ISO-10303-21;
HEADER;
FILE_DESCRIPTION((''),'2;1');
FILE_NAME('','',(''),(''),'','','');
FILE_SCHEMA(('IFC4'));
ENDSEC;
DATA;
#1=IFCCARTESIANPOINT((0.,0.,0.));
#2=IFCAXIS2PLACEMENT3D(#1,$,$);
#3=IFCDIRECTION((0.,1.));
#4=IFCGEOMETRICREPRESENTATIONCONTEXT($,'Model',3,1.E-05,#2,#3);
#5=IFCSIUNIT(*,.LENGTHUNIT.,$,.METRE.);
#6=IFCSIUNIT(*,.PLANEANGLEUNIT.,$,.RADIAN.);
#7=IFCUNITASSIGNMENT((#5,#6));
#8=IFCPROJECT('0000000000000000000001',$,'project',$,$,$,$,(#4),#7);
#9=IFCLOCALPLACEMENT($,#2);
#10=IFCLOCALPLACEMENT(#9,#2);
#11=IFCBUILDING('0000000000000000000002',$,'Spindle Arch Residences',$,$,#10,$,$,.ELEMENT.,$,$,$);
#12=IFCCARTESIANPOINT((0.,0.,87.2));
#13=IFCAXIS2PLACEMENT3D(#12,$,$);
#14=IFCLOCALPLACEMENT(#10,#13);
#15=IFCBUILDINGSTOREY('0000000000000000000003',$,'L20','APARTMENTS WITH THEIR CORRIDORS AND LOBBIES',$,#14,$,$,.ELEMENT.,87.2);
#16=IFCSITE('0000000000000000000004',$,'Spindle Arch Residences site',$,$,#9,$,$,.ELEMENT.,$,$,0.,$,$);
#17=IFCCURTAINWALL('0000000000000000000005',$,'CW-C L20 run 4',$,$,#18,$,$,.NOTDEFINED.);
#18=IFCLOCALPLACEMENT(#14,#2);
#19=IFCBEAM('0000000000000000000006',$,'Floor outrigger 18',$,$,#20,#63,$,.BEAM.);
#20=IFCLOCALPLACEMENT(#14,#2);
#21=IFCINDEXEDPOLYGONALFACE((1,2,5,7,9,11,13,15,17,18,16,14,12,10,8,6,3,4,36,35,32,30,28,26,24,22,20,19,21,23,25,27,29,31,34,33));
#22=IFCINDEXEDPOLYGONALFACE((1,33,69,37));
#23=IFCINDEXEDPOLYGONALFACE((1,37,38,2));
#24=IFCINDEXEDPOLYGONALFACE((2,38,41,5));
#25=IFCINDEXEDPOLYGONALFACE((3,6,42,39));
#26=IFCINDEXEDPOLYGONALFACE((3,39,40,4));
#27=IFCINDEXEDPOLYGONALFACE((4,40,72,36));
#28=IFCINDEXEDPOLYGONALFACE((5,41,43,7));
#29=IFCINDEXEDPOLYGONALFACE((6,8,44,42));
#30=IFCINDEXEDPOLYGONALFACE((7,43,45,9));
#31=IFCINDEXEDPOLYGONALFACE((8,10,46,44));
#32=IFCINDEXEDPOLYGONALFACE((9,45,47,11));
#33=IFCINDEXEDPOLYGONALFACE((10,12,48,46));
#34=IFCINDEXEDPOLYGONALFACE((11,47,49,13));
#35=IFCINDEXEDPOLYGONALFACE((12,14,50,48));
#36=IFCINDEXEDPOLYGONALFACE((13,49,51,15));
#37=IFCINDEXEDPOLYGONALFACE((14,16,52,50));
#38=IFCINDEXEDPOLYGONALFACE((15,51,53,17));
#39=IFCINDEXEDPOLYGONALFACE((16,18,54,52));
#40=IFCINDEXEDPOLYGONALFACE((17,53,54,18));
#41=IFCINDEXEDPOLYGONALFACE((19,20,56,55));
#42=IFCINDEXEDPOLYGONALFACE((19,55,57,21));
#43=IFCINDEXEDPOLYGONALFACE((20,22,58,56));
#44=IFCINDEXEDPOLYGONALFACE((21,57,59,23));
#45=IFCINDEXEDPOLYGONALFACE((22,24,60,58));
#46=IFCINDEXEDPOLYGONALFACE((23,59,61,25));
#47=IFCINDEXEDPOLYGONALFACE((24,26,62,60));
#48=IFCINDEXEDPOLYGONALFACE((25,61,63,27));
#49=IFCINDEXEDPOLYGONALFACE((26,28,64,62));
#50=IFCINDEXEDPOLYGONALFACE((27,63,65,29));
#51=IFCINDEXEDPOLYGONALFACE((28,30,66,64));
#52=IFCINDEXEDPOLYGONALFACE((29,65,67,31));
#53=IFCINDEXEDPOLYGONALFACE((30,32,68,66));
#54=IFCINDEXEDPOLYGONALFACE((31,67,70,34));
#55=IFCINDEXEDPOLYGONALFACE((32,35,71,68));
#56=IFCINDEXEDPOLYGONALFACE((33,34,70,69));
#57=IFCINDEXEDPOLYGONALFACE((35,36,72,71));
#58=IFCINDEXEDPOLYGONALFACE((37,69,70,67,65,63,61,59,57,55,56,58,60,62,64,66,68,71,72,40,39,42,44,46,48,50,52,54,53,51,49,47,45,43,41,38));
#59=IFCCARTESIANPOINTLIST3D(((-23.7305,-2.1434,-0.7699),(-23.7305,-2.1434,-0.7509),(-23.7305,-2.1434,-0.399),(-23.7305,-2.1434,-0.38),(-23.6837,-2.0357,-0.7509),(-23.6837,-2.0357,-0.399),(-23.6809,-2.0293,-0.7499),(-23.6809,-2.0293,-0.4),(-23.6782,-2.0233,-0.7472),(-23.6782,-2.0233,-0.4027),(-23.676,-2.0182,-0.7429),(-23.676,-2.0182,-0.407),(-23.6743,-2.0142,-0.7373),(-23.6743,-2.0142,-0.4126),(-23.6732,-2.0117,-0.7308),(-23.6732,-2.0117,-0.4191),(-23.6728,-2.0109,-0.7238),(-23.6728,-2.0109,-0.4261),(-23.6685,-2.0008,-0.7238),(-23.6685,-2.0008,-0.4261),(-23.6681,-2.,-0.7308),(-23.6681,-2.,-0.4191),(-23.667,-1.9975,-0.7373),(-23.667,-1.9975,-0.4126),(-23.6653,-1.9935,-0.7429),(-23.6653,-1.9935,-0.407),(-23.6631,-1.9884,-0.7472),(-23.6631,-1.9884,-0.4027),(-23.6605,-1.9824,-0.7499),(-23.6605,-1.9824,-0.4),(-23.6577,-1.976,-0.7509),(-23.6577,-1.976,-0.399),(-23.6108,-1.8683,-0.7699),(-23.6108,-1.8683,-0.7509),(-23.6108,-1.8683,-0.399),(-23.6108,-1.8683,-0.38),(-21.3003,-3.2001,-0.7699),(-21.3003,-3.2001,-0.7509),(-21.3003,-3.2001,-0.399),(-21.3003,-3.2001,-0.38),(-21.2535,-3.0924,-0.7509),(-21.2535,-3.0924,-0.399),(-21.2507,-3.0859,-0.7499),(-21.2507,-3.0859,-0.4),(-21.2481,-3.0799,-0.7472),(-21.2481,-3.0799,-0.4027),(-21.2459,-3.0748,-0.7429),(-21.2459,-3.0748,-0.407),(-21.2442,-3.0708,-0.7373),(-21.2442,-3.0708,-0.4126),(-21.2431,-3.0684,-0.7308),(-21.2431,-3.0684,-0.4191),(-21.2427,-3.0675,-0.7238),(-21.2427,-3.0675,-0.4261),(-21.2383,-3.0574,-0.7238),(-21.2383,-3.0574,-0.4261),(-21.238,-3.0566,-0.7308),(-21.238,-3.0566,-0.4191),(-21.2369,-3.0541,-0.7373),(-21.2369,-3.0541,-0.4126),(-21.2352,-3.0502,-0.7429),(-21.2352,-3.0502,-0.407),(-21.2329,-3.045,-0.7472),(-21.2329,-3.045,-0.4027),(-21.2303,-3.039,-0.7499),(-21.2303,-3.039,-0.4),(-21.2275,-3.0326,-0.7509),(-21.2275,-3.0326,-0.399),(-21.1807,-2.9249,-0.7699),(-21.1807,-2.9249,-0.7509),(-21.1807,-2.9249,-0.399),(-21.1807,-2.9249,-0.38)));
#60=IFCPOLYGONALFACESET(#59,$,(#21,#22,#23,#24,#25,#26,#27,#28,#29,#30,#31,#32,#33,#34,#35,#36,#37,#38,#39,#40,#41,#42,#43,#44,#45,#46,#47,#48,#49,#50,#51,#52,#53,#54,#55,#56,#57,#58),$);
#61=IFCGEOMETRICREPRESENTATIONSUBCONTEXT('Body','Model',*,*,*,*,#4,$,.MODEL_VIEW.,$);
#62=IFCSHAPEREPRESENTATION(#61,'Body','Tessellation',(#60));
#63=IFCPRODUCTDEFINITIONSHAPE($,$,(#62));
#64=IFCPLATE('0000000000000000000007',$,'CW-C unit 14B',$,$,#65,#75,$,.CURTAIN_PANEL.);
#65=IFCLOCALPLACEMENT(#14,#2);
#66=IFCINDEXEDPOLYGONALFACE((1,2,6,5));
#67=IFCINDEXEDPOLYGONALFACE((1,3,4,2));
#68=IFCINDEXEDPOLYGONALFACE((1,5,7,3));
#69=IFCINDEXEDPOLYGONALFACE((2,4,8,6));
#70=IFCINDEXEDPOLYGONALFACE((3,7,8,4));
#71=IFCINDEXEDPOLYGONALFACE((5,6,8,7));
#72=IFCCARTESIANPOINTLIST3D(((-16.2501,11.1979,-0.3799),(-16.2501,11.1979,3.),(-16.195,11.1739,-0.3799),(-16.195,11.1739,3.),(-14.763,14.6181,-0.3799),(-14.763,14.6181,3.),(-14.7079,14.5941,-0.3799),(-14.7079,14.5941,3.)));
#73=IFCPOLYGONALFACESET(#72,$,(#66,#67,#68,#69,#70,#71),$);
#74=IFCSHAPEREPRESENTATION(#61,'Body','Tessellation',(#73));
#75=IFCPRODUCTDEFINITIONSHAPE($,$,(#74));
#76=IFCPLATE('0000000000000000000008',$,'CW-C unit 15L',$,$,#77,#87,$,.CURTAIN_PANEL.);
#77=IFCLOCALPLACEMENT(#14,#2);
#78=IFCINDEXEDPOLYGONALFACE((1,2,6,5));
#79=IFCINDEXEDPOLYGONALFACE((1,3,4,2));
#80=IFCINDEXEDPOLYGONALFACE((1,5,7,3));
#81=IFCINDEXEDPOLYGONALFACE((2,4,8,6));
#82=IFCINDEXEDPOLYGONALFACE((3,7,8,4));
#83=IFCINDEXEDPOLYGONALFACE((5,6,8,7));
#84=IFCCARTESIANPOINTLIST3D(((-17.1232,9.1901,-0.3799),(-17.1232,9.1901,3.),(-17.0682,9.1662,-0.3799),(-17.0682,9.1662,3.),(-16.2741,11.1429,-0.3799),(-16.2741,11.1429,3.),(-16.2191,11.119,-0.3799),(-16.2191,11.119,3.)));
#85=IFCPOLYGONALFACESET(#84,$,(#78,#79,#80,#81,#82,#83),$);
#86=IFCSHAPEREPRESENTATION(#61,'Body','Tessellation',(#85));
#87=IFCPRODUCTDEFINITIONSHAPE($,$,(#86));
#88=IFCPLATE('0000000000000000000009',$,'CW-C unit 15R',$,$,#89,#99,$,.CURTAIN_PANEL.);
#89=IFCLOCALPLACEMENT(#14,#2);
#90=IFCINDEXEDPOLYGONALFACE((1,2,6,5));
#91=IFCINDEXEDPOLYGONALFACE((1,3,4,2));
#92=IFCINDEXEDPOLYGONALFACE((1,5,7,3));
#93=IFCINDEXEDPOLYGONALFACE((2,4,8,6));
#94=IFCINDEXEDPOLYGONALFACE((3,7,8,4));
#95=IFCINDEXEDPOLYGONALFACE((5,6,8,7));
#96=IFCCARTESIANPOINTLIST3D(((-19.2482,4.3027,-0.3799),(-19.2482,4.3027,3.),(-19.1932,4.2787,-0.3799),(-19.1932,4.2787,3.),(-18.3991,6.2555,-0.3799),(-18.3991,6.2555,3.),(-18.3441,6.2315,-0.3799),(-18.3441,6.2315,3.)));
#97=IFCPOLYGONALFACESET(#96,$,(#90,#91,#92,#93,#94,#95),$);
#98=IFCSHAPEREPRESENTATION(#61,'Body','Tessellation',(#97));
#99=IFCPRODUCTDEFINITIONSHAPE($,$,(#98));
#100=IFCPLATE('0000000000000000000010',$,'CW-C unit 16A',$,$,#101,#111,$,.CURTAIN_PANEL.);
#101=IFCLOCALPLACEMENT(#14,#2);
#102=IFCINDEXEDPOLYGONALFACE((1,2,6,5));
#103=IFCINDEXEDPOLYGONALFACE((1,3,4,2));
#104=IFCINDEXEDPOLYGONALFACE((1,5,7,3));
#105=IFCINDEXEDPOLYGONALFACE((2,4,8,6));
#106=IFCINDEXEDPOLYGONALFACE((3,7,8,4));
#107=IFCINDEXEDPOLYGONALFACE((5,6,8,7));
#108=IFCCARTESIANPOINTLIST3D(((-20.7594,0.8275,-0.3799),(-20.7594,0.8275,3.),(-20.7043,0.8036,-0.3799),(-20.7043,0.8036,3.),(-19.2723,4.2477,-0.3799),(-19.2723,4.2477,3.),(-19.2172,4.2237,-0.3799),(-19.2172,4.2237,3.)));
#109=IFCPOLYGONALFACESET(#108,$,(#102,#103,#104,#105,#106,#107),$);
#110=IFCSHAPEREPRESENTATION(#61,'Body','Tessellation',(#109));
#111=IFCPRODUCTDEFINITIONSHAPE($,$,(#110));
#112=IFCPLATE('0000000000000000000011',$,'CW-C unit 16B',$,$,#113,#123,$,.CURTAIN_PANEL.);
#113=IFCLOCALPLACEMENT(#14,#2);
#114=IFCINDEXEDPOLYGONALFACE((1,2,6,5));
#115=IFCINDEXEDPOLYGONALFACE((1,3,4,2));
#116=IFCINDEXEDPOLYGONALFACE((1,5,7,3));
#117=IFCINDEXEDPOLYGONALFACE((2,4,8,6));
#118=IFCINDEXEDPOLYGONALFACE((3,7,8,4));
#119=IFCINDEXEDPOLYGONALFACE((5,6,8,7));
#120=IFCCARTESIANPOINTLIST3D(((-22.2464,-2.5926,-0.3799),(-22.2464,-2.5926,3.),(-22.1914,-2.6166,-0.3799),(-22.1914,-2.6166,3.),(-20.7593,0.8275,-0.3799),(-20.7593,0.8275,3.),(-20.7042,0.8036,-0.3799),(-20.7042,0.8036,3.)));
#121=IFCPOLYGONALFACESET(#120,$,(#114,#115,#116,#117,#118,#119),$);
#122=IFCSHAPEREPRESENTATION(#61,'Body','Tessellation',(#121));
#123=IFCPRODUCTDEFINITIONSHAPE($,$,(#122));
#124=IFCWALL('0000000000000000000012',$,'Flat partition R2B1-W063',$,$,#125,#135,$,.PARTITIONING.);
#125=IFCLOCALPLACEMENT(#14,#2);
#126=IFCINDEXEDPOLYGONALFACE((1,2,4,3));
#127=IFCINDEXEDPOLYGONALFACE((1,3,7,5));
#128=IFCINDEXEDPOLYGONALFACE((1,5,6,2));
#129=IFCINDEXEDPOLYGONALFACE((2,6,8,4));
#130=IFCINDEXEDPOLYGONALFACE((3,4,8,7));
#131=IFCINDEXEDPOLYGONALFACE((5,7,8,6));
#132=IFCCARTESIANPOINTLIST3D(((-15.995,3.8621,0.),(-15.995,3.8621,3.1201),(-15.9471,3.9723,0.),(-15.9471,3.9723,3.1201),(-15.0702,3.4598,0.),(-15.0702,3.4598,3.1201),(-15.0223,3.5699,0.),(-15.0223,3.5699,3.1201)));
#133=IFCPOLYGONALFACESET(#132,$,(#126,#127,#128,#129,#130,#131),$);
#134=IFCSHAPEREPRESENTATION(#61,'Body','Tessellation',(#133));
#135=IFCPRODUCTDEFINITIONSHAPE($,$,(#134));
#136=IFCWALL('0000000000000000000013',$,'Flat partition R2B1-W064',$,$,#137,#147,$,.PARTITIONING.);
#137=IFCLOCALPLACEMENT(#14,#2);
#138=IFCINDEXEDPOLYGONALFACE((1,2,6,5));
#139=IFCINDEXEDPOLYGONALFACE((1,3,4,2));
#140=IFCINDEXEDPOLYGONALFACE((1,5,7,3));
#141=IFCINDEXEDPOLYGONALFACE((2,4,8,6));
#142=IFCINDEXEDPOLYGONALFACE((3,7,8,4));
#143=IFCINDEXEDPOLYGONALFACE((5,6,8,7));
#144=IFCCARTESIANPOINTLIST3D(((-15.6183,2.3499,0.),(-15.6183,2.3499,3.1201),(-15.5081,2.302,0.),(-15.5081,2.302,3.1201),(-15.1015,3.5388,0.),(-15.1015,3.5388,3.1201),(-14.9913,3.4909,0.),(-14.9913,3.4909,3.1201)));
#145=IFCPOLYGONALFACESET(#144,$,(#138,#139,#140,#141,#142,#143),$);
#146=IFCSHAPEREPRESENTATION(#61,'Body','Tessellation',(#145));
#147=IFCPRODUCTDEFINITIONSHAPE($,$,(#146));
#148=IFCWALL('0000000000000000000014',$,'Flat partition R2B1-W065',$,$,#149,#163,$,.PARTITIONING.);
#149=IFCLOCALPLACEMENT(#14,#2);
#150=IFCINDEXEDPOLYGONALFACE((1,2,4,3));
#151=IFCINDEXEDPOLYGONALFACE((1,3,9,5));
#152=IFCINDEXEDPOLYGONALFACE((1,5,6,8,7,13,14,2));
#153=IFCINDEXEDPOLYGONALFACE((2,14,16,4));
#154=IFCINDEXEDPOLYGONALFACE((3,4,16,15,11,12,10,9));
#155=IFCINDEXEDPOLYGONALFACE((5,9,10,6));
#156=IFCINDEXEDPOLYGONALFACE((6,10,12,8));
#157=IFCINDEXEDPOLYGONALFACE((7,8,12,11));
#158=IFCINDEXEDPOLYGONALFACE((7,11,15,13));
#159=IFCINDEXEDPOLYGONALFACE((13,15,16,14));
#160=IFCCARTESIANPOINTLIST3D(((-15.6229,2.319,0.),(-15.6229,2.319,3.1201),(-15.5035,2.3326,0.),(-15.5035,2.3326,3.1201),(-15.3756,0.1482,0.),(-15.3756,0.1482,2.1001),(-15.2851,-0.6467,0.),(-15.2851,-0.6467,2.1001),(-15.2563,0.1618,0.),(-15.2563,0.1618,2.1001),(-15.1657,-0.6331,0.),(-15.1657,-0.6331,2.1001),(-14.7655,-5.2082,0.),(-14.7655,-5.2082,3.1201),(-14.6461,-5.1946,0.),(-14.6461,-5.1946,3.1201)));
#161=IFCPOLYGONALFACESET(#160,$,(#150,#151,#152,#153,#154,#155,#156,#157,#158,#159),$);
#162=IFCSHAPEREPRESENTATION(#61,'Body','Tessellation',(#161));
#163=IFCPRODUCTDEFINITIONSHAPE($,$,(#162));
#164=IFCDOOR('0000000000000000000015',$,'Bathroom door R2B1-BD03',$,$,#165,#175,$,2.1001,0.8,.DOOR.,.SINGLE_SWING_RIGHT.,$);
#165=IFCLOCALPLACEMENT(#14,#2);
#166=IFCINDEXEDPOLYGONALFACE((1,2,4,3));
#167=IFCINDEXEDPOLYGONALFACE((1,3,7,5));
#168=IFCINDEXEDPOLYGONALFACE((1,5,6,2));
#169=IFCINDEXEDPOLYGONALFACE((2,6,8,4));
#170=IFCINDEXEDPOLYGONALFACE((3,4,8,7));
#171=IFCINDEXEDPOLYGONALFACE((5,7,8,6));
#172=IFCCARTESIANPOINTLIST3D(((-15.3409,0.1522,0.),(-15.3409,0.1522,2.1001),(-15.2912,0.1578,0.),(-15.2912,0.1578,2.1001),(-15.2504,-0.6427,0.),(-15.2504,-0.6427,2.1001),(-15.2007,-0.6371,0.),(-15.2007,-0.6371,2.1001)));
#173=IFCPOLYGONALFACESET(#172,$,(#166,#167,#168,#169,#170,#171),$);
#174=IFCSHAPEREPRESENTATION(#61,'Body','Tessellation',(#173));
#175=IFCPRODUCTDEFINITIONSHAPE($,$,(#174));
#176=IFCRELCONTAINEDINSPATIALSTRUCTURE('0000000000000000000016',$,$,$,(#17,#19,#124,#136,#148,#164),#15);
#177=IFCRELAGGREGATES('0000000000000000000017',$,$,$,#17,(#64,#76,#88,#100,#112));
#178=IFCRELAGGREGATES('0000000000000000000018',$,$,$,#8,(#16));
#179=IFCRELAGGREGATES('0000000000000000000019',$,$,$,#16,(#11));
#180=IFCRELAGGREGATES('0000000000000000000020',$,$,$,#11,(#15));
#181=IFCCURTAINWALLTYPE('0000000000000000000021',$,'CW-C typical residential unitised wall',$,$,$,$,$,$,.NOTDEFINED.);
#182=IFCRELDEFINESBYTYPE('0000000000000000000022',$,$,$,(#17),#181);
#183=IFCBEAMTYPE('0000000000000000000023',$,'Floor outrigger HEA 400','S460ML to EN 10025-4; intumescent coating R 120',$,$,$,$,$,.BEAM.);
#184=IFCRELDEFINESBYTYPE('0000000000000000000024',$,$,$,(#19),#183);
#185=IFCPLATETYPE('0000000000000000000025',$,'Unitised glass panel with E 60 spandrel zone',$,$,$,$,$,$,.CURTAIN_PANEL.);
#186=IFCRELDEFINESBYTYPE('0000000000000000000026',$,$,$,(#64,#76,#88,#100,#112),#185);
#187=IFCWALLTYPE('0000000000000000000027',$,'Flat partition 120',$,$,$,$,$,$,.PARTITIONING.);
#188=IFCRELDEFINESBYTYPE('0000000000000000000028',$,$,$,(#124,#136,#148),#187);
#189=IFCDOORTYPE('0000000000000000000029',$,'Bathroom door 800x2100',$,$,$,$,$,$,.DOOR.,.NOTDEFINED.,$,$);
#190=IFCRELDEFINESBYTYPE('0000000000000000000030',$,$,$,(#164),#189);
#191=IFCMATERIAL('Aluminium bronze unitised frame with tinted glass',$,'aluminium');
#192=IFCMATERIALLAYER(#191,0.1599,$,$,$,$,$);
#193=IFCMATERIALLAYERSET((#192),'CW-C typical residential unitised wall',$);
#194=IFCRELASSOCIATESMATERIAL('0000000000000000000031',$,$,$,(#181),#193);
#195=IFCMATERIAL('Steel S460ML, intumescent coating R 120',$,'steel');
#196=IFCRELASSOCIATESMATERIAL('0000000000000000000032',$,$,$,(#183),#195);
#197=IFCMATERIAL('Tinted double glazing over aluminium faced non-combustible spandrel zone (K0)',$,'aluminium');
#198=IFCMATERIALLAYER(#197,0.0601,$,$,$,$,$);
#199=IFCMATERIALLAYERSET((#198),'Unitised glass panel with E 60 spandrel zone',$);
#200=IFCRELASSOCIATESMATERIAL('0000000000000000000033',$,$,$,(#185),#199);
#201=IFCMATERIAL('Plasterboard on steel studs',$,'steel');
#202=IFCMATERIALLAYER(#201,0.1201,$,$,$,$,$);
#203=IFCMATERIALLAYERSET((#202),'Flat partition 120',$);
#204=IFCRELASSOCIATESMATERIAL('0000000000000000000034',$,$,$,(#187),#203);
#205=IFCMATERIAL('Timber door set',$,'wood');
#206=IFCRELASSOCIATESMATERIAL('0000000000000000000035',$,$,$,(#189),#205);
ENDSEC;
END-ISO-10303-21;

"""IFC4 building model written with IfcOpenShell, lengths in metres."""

from ifc_helpers import new_model, si_unit, direction, frame, frame_2d, origin, origin_2d, place, context, subcontext, project, spatial, rectangle, i_section, extrude, material, layer, layer_set, material_profile, profile_set, type_object, element, fill, aggregate, save


model = new_model("IFC4")

# Units and contexts
model_context = context("Model", 3, precision=1e-05, world=origin(), true_north=direction((0.0, 1.0)))
body_context = subcontext(model_context, "Body", "Model", "MODEL_VIEW")
ifc_project = project(units=[si_unit("LENGTHUNIT", "METRE"), si_unit("PLANEANGLEUNIT", "RADIAN")], contexts=[model_context])

# Site, building, storey
site_placement = place(None, origin())
site = spatial("IfcSite", under=ifc_project, at=site_placement, Name="Spindle Arch Residences site", CompositionType="ELEMENT", RefElevation=0.0)
building_placement = place(site_placement, origin())
building = spatial("IfcBuilding", under=site, at=building_placement, Name="Spindle Arch Residences", CompositionType="ELEMENT")
storey_placement = place(building_placement, frame((0.0, 0.0, 87.2)))
storey = spatial("IfcBuildingStorey", under=building, at=storey_placement, Name="L20", Description="APARTMENTS WITH THEIR CORRIDORS AND LOBBIES", CompositionType="ELEMENT", Elevation=87.2)

# Curtain wall
ifc_material_1 = material(Name="Aluminium bronze unitised frame with tinted glass", Category="aluminium")
ifc_layer_1 = layer(ifc_material_1, 0.1599)
ifc_layer_set_1 = layer_set([ifc_layer_1], Name="CW-C typical residential unitised wall")
curtain_wall_type = type_object("IfcCurtainWallType", Name="CW-C typical residential unitised wall", PredefinedType="NOTDEFINED", material=ifc_layer_set_1)
curtain_wall_placement = place(storey_placement, origin())
curtain_wall = element("IfcCurtainWall", 1, at=curtain_wall_placement, inside=storey, type_object=curtain_wall_type, Name="CW-C L20 run 4", PredefinedType="NOTDEFINED")

# Beam
ifc_material_2 = material(Name="Steel S460ML, intumescent coating R 120", Category="steel")
ifc_material_profile_1 = material_profile(ifc_material_2, i_section(OverallWidth=0.3, OverallDepth=0.3899, WebThickness=0.011, FlangeThickness=0.019, FilletRadius=0.0271, at=origin_2d()), Name="HEA 400")
ifc_profile_set_1 = profile_set([ifc_material_profile_1], Name="Steel S460ML, intumescent coating R 120")
beam_type_1 = type_object("IfcBeamType", Name="Floor outrigger HEA 400", Description="S460ML to EN 10025-4; intumescent coating R 120", PredefinedType="BEAM", material=ifc_profile_set_1)
beam_1_placement = place(storey_placement, frame((-23.6707, -2.0059, -0.575), z_axis=(0.917064, -0.39874, 0.0), x_axis=(0.39874, 0.917064, 0.0)))
element("IfcBeam", 2, at=beam_1_placement, inside=storey, type_object=beam_type_1, Name="Floor outrigger 18", PredefinedType="BEAM", context=body_context, shape_type="SweptSolid", body=[
    extrude(i_section(OverallWidth=0.3, OverallDepth=0.3899, WebThickness=0.011, FlangeThickness=0.019, FilletRadius=0.0271, at=origin_2d()), origin(), (0.0, 0.0, 1.0), 2.6499),
])

# Plates
ifc_material_3 = material(Name="Tinted double glazing over aluminium faced non-combustible spandrel zone (K0)", Category="aluminium")
ifc_layer_2 = layer(ifc_material_3, 0.0601)
ifc_layer_set_2 = layer_set([ifc_layer_2], Name="Unitised glass panel with E 60 spandrel zone")
plate_type = type_object("IfcPlateType", Name="Unitised glass panel with E 60 spandrel zone", PredefinedType="CURTAIN_PANEL", material=ifc_layer_set_2)
plate_1_placement = place(storey_placement, frame((-15.479, 12.896, -0.3799), z_axis=(0.0, 0.0, 1.0), x_axis=(-0.398749, -0.91706, 0.0)))
plate_1 = element("IfcPlate", 3, at=plate_1_placement, type_object=plate_type, Name="CW-C unit 14B", PredefinedType="CURTAIN_PANEL", context=body_context, shape_type="SweptSolid", body=[
    extrude(rectangle(XDim=3.7295, YDim=0.0601, at=origin_2d()), origin(), (0.0, 0.0, 1.0), 3.3799),
])
plate_2_placement = place(storey_placement, frame((-16.6711, 10.1545, -0.3799), z_axis=(0.0, 0.0, 1.0), x_axis=(-0.398749, -0.91706, 0.0)))
plate_2 = element("IfcPlate", 4, at=plate_2_placement, type_object=plate_type, Name="CW-C unit 15L", PredefinedType="CURTAIN_PANEL", context=body_context, shape_type="SweptSolid", body=[
    extrude(rectangle(XDim=2.1294, YDim=0.0601, at=origin_2d()), origin(), (0.0, 0.0, 1.0), 3.3799),
])
plate_3_placement = place(storey_placement, frame((-18.7961, 5.2671, -0.3799), z_axis=(0.0, 0.0, 1.0), x_axis=(-0.398749, -0.91706, 0.0)))
plate_3 = element("IfcPlate", 5, at=plate_3_placement, type_object=plate_type, Name="CW-C unit 15R", PredefinedType="CURTAIN_PANEL", context=body_context, shape_type="SweptSolid", body=[
    extrude(rectangle(XDim=2.1294, YDim=0.0601, at=origin_2d()), origin(), (0.0, 0.0, 1.0), 3.3799),
])
plate_4_placement = place(storey_placement, frame((-19.9883, 2.5256, -0.3799), z_axis=(0.0, 0.0, 1.0), x_axis=(-0.398749, -0.91706, 0.0)))
plate_4 = element("IfcPlate", 6, at=plate_4_placement, type_object=plate_type, Name="CW-C unit 16A", PredefinedType="CURTAIN_PANEL", context=body_context, shape_type="SweptSolid", body=[
    extrude(rectangle(XDim=3.7295, YDim=0.0601, at=origin_2d()), origin(), (0.0, 0.0, 1.0), 3.3799),
])
plate_5_placement = place(storey_placement, frame((-21.4753, -0.8945, -0.3799), z_axis=(0.0, 0.0, 1.0), x_axis=(-0.398749, -0.91706, 0.0)))
plate_5 = element("IfcPlate", 7, at=plate_5_placement, type_object=plate_type, Name="CW-C unit 16B", PredefinedType="CURTAIN_PANEL", context=body_context, shape_type="SweptSolid", body=[
    extrude(rectangle(XDim=3.7295, YDim=0.0601, at=origin_2d()), origin(), (0.0, 0.0, 1.0), 3.3799),
])
aggregate(curtain_wall, [plate_1, plate_2, plate_3, plate_4, plate_5])

# Walls
ifc_material_4 = material(Name="Plasterboard on steel studs", Category="steel")
ifc_layer_3 = layer(ifc_material_4, 0.1201)
ifc_layer_set_3 = layer_set([ifc_layer_3], Name="Flat partition 120")
wall_type_1 = type_object("IfcWallType", Name="Flat partition 120", PredefinedType="PARTITIONING", material=ifc_layer_set_3)
wall_1_placement = place(storey_placement, frame((-15.9712, 3.9172, 0.0), z_axis=(0.0, 0.0, 1.0), x_axis=(0.916978, -0.398939, 0.0)))
element("IfcWall", 8, at=wall_1_placement, inside=storey, type_object=wall_type_1, Name="Flat partition R2B1-W063", PredefinedType="PARTITIONING", context=body_context, shape_type="SweptSolid", body=[
    extrude(rectangle(XDim=1.0085, YDim=0.1201, at=frame_2d((0.5044, 0.0))), origin(), (0.0, 0.0, 1.0), 3.1201),
])
wall_2_placement = place(storey_placement, frame((-15.0464, 3.5149, 0.0), z_axis=(0.0, 0.0, 1.0), x_axis=(-0.398664, -0.917097, 0.0)))
element("IfcWall", 9, at=wall_2_placement, inside=storey, type_object=wall_type_1, Name="Flat partition R2B1-W064", PredefinedType="PARTITIONING", context=body_context, shape_type="SweptSolid", body=[
    extrude(rectangle(XDim=1.2964, YDim=0.1201, at=frame_2d((0.6482, 0.0))), origin(), (0.0, 0.0, 1.0), 3.1201),
])

# Wall, opening, door
wall_3_placement = place(storey_placement, frame((-15.5632, 2.3259, 0.0), z_axis=(0.0, 0.0, 1.0), x_axis=(0.113176, -0.993575, 0.0)))
wall_3 = element("IfcWall", 10, at=wall_3_placement, inside=storey, type_object=wall_type_1, Name="Flat partition R2B1-W065", PredefinedType="PARTITIONING", context=body_context, shape_type="SweptSolid", body=[
    extrude(rectangle(XDim=7.5759, YDim=0.1201, at=frame_2d((3.7881, 0.0))), origin(), (0.0, 0.0, 1.0), 3.1201),
])
opening_1_placement = place(wall_3_placement, frame((2.1851, 0.0, 0.0)))
opening_1 = element("IfcOpeningElement", 11, at=opening_1_placement, cuts=wall_3, PredefinedType="OPENING", context=body_context, shape_type="SweptSolid", body=[
    extrude(rectangle(XDim=0.8, YDim=2.1001, at=frame_2d((0.3999, 1.05))), frame((0.0, 0.0701, 0.0), z_axis=(0.0, -1.0, 0.0), x_axis=(1.0, 0.0, 0.0)), (0.0, 0.0, 1.0), 0.1401),
])
ifc_material_5 = material(Name="Timber door set", Category="wood")
door_type_1 = type_object("IfcDoorType", Name="Bathroom door 800x2100", OperationType="NOTDEFINED", PredefinedType="DOOR", material=ifc_material_5)
door_1_placement = place(opening_1_placement, origin())
door_1 = element("IfcDoor", 12, at=door_1_placement, inside=storey, type_object=door_type_1, Name="Bathroom door R2B1-BD03", OperationType="SINGLE_SWING_RIGHT", OverallHeight=2.1001, OverallWidth=0.8, PredefinedType="DOOR", context=body_context, shape_type="SweptSolid", body=[
    extrude(rectangle(XDim=0.8, YDim=2.1001, at=frame_2d((0.3999, 1.05))), frame((0.0, 0.0249, 0.0), z_axis=(0.0, -1.0, 0.0), x_axis=(1.0, 0.0, 0.0)), (0.0, 0.0, 1.0), 0.05),
])
fill(opening_1, door_1)

save(model, "model.ifc")
